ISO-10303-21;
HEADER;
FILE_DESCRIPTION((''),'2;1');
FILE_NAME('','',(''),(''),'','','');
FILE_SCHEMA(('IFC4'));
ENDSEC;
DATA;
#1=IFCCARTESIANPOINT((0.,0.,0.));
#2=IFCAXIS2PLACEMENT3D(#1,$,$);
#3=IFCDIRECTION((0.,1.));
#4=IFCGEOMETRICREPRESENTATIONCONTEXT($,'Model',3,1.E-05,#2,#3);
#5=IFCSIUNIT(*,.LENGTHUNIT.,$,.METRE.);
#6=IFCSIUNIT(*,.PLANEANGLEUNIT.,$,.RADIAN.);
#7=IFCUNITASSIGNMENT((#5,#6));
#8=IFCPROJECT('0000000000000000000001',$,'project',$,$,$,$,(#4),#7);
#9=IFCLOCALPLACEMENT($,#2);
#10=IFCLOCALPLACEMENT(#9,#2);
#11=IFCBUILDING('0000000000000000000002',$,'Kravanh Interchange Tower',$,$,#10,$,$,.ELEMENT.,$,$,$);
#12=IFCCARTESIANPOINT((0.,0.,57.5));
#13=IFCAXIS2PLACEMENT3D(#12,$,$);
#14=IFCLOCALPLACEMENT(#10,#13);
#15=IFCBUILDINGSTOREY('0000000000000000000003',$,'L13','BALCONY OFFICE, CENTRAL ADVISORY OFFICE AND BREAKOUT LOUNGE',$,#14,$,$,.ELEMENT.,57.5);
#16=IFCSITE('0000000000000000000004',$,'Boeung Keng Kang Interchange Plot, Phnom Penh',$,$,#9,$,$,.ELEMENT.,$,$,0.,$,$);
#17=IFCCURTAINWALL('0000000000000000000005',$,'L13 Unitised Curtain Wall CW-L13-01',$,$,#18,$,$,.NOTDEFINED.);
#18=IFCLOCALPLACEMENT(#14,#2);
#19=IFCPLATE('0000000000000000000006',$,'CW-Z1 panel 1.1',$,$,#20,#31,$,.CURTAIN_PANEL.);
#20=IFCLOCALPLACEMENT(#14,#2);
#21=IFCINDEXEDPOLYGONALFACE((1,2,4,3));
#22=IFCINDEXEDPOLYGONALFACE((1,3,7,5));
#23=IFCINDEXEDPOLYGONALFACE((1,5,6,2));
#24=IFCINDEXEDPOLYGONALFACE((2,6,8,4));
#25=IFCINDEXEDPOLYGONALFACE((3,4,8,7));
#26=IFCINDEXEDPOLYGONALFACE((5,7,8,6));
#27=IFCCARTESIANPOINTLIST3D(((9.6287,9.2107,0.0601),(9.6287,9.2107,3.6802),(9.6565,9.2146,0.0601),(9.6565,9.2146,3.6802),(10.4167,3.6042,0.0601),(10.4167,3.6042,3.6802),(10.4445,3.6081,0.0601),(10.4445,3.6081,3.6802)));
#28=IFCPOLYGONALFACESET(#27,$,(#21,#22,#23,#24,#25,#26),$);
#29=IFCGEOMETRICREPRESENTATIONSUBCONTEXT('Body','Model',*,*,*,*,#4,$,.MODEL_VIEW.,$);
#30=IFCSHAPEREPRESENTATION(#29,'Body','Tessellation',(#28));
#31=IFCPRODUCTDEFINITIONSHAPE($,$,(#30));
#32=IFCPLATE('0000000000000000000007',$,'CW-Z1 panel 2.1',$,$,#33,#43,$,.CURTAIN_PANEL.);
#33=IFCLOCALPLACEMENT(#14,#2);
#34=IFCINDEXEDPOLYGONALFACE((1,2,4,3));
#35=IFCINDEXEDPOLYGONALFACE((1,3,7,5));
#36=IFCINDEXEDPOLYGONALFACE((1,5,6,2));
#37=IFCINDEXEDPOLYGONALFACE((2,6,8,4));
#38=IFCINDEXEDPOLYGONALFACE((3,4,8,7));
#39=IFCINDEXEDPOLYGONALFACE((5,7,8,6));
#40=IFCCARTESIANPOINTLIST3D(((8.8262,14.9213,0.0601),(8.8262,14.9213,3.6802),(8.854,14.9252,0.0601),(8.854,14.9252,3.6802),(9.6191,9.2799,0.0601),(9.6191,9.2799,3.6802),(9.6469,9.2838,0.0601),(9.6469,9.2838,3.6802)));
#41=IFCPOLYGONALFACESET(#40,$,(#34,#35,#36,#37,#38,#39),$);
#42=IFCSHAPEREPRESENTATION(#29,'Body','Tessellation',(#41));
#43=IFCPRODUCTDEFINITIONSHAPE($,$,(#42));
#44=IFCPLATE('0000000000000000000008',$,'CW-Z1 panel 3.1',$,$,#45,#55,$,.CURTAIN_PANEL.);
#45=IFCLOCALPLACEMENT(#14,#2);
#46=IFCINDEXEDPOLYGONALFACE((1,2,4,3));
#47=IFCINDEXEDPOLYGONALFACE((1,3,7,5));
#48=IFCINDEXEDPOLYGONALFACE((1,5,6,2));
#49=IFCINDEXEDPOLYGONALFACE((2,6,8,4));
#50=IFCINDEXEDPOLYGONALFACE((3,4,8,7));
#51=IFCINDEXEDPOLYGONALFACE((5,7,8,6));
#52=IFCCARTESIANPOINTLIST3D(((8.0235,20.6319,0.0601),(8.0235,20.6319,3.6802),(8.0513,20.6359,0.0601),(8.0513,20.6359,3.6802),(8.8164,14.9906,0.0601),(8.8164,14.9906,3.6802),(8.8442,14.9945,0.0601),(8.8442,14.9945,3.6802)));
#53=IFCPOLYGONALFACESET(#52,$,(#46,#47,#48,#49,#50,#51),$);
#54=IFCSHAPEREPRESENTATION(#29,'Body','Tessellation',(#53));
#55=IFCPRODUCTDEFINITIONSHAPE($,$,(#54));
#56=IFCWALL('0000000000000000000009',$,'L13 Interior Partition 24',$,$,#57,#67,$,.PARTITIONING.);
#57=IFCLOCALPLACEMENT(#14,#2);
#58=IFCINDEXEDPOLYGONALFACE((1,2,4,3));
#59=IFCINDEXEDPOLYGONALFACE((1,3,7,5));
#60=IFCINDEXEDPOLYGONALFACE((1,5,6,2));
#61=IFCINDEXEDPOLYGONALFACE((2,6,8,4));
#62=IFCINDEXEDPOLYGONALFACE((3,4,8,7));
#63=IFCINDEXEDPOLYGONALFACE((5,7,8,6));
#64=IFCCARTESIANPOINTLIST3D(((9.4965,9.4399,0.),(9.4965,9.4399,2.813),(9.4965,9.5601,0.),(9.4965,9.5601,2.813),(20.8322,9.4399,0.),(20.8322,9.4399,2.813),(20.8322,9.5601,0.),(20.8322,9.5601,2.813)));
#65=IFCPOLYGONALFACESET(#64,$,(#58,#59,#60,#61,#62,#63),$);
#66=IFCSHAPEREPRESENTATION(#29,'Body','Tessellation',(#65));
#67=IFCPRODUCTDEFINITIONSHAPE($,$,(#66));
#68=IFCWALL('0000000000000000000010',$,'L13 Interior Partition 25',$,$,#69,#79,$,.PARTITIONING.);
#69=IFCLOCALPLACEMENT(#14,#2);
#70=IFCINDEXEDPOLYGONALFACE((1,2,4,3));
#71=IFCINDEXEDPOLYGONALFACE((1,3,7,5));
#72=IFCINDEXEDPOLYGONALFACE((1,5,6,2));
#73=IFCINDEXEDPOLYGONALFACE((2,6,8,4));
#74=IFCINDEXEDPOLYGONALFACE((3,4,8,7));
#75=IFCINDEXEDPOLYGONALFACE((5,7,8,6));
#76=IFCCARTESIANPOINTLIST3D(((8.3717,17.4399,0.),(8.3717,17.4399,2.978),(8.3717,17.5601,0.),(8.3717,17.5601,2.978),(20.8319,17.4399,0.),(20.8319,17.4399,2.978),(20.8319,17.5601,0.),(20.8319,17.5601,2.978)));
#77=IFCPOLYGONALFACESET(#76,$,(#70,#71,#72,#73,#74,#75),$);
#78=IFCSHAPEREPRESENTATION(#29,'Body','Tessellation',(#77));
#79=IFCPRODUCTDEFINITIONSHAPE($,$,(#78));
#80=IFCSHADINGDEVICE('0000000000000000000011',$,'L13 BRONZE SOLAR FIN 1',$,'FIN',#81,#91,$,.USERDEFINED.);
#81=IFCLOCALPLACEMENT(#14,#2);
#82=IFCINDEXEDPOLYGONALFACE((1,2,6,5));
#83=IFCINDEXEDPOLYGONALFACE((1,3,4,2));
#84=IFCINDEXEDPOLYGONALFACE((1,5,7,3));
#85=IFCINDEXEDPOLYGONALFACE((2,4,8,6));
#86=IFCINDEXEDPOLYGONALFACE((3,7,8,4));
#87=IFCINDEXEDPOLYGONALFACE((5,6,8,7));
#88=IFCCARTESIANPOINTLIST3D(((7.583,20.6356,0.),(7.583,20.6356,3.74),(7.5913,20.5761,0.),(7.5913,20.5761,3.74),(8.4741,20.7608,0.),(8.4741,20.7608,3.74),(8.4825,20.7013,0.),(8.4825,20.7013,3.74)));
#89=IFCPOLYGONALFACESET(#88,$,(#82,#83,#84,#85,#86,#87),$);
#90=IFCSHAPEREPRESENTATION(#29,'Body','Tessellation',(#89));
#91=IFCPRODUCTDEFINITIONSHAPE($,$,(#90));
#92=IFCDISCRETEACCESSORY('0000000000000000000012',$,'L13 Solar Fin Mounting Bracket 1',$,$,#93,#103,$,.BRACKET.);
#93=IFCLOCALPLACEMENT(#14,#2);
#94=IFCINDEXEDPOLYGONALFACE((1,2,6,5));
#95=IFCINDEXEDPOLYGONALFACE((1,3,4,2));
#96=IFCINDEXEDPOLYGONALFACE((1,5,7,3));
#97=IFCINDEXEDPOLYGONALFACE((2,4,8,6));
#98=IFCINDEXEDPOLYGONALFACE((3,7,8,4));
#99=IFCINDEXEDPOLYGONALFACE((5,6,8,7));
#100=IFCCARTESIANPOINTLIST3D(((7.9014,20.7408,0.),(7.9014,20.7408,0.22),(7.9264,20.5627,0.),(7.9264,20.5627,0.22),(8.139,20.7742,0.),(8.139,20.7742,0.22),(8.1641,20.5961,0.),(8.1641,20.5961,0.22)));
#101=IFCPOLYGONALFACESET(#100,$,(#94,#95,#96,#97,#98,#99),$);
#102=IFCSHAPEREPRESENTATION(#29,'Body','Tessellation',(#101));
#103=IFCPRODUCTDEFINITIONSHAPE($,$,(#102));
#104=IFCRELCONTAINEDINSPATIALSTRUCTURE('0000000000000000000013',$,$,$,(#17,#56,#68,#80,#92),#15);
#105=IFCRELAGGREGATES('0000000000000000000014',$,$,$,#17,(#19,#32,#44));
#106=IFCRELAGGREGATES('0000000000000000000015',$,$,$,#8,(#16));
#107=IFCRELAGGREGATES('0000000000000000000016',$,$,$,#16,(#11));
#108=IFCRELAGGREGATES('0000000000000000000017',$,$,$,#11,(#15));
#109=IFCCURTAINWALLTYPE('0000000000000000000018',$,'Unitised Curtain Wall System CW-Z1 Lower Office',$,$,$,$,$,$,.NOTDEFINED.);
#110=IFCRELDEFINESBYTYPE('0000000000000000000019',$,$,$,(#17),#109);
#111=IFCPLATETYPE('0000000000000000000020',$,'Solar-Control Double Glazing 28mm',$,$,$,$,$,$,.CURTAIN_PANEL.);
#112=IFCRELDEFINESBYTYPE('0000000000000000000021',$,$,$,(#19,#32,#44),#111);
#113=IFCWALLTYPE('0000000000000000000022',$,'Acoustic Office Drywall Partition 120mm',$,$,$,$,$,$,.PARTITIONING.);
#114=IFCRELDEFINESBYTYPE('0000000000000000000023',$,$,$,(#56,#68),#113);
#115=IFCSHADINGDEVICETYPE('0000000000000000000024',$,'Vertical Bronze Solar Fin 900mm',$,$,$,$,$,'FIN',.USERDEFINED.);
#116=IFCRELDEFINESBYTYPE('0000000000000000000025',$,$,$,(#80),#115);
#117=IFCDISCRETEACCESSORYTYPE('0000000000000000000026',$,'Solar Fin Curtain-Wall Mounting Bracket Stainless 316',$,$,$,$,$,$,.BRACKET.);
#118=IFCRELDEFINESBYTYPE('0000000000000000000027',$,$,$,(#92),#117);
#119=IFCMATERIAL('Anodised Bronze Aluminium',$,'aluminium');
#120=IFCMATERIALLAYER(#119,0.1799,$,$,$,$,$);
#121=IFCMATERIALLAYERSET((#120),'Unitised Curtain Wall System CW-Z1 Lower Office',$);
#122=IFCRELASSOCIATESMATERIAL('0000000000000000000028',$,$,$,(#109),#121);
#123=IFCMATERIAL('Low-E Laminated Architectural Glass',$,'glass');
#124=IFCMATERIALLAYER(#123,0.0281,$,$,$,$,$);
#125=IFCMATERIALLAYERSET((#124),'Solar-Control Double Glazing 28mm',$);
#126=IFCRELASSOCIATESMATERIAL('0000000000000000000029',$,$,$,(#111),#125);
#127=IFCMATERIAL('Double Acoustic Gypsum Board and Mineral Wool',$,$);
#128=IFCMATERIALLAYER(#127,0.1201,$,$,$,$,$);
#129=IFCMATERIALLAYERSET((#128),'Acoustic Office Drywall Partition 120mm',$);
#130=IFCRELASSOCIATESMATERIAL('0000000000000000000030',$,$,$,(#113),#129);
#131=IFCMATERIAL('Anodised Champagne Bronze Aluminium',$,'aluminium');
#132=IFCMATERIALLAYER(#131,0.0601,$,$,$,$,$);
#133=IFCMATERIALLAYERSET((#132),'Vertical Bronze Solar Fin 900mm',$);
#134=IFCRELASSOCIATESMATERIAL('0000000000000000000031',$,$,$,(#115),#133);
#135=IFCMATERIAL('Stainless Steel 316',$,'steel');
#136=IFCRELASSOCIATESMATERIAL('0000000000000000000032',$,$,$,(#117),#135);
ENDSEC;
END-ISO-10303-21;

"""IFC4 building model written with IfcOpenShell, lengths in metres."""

from ifc_helpers import new_model, si_unit, direction, frame, frame_2d, origin, origin_2d, place, context, subcontext, project, spatial, rectangle, extrude, material, layer, layer_set, type_object, element, aggregate, save


model = new_model("IFC4")

# Units and contexts
model_context = context("Model", 3, precision=1e-05, world=origin(), true_north=direction((0.0, 1.0)))
body_context = subcontext(model_context, "Body", "Model", "MODEL_VIEW")
ifc_project = project(units=[si_unit("LENGTHUNIT", "METRE"), si_unit("PLANEANGLEUNIT", "RADIAN")], contexts=[model_context])

# Site, building, storey
site_placement = place(None, origin())
site = spatial("IfcSite", under=ifc_project, at=site_placement, Name="Boeung Keng Kang Interchange Plot, Phnom Penh", CompositionType="ELEMENT", RefElevation=0.0)
building_placement = place(site_placement, origin())
building = spatial("IfcBuilding", under=site, at=building_placement, Name="Kravanh Interchange Tower", CompositionType="ELEMENT")
storey_placement = place(building_placement, frame((0.0, 0.0, 57.5)))
storey = spatial("IfcBuildingStorey", under=building, at=storey_placement, Name="L13", Description="BALCONY OFFICE, CENTRAL ADVISORY OFFICE AND BREAKOUT LOUNGE", CompositionType="ELEMENT", Elevation=57.5)

# Curtain wall
ifc_material_1 = material(Name="Anodised Bronze Aluminium", Category="aluminium")
ifc_layer_1 = layer(ifc_material_1, 0.1799)
ifc_layer_set_1 = layer_set([ifc_layer_1], Name="Unitised Curtain Wall System CW-Z1 Lower Office")
curtain_wall_type = type_object("IfcCurtainWallType", Name="Unitised Curtain Wall System CW-Z1 Lower Office", PredefinedType="NOTDEFINED", material=ifc_layer_set_1)
curtain_wall_placement = place(storey_placement, origin())
curtain_wall = element("IfcCurtainWall", 1, at=curtain_wall_placement, inside=storey, type_object=curtain_wall_type, Name="L13 Unitised Curtain Wall CW-L13-01", PredefinedType="NOTDEFINED")

# Plates
ifc_material_2 = material(Name="Low-E Laminated Architectural Glass", Category="glass")
ifc_layer_2 = layer(ifc_material_2, 0.0281)
ifc_layer_set_2 = layer_set([ifc_layer_2], Name="Solar-Control Double Glazing 28mm")
plate_type = type_object("IfcPlateType", Name="Solar-Control Double Glazing 28mm", PredefinedType="CURTAIN_PANEL", material=ifc_layer_set_2)
plate_1_placement = place(storey_placement, frame((10.0366, 6.4094, 0.0601), z_axis=(0.0, 0.0, 1.0), x_axis=(-0.139177, 0.990268, 0.0)))
plate_1 = element("IfcPlate", 2, at=plate_1_placement, type_object=plate_type, Name="CW-Z1 panel 1.1", PredefinedType="CURTAIN_PANEL", context=body_context, shape_type="SweptSolid", body=[
    extrude(rectangle(XDim=5.6616, YDim=0.0281, at=origin_2d()), origin(), (0.0, 0.0, 1.0), 3.6201),
])
plate_2_placement = place(storey_placement, frame((9.2366, 12.1025, 0.0601), z_axis=(0.0, 0.0, 1.0), x_axis=(-0.139177, 0.990268, 0.0)))
plate_2 = element("IfcPlate", 3, at=plate_2_placement, type_object=plate_type, Name="CW-Z1 panel 2.1", PredefinedType="CURTAIN_PANEL", context=body_context, shape_type="SweptSolid", body=[
    extrude(rectangle(XDim=5.6968, YDim=0.0281, at=origin_2d()), origin(), (0.0, 0.0, 1.0), 3.6201),
])
plate_3_placement = place(storey_placement, frame((8.4338, 17.8132, 0.0601), z_axis=(0.0, 0.0, 1.0), x_axis=(-0.139177, 0.990268, 0.0)))
plate_3 = element("IfcPlate", 4, at=plate_3_placement, type_object=plate_type, Name="CW-Z1 panel 3.1", PredefinedType="CURTAIN_PANEL", context=body_context, shape_type="SweptSolid", body=[
    extrude(rectangle(XDim=5.6968, YDim=0.0281, at=origin_2d()), origin(), (0.0, 0.0, 1.0), 3.6201),
])
aggregate(curtain_wall, [plate_1, plate_2, plate_3])

# Walls
ifc_material_3 = material(Name="Double Acoustic Gypsum Board and Mineral Wool")
ifc_layer_3 = layer(ifc_material_3, 0.1201)
ifc_layer_set_3 = layer_set([ifc_layer_3], Name="Acoustic Office Drywall Partition 120mm")
wall_type = type_object("IfcWallType", Name="Acoustic Office Drywall Partition 120mm", PredefinedType="PARTITIONING", material=ifc_layer_set_3)
wall_1_placement = place(storey_placement, frame((9.4963, 9.5, 0.0), z_axis=(0.0, 0.0, 1.0), x_axis=(1.0, 0.0, 0.0)))
element("IfcWall", 5, at=wall_1_placement, inside=storey, type_object=wall_type, Name="L13 Interior Partition 24", PredefinedType="PARTITIONING", context=body_context, shape_type="SweptSolid", body=[
    extrude(rectangle(XDim=11.3357, YDim=0.1201, at=frame_2d((5.668, 0.0))), origin(), (0.0, 0.0, 1.0), 2.813),
])
wall_2_placement = place(storey_placement, frame((8.3718, 17.5, 0.0), z_axis=(0.0, 0.0, 1.0), x_axis=(1.0, 0.0, 0.0)))
element("IfcWall", 6, at=wall_2_placement, inside=storey, type_object=wall_type, Name="L13 Interior Partition 25", PredefinedType="PARTITIONING", context=body_context, shape_type="SweptSolid", body=[
    extrude(rectangle(XDim=12.4602, YDim=0.1201, at=frame_2d((6.23, 0.0))), origin(), (0.0, 0.0, 1.0), 2.978),
])

# Shading device
ifc_material_4 = material(Name="Anodised Champagne Bronze Aluminium", Category="aluminium")
ifc_layer_4 = layer(ifc_material_4, 0.0601)
ifc_layer_set_4 = layer_set([ifc_layer_4], Name="Vertical Bronze Solar Fin 900mm")
shading_device_type = type_object("IfcShadingDeviceType", Name="Vertical Bronze Solar Fin 900mm", ElementType="FIN", PredefinedType="USERDEFINED", material=ifc_layer_set_4)
shading_device_placement = place(storey_placement, frame((8.0327, 20.6685, 0.0), z_axis=(0.0, 0.0, 1.0), x_axis=(-0.990268, -0.139175, 0.0)))
element("IfcShadingDevice", 7, at=shading_device_placement, inside=storey, type_object=shading_device_type, Name="L13 BRONZE SOLAR FIN 1", ObjectType="FIN", PredefinedType="USERDEFINED", context=body_context, shape_type="SweptSolid", body=[
    extrude(rectangle(XDim=0.8999, YDim=0.0601, at=origin_2d()), origin(), (0.0, 0.0, 1.0), 3.74),
])

# Discrete accessory
ifc_material_5 = material(Name="Stainless Steel 316", Category="steel")
discrete_accessory_type = type_object("IfcDiscreteAccessoryType", Name="Solar Fin Curtain-Wall Mounting Bracket Stainless 316", PredefinedType="BRACKET", material=ifc_material_5)
discrete_accessory_placement = place(storey_placement, frame((8.0327, 20.6685, 0.0), z_axis=(0.0, 0.0, 1.0), x_axis=(-0.990268, -0.139175, 0.0)))
element("IfcDiscreteAccessory", 8, at=discrete_accessory_placement, inside=storey, type_object=discrete_accessory_type, Name="L13 Solar Fin Mounting Bracket 1", PredefinedType="BRACKET", context=body_context, shape_type="SweptSolid", body=[
    extrude(rectangle(XDim=0.24, YDim=0.1799, at=origin_2d()), origin(), (0.0, 0.0, 1.0), 0.22),
])

save(model, "model.ifc")
